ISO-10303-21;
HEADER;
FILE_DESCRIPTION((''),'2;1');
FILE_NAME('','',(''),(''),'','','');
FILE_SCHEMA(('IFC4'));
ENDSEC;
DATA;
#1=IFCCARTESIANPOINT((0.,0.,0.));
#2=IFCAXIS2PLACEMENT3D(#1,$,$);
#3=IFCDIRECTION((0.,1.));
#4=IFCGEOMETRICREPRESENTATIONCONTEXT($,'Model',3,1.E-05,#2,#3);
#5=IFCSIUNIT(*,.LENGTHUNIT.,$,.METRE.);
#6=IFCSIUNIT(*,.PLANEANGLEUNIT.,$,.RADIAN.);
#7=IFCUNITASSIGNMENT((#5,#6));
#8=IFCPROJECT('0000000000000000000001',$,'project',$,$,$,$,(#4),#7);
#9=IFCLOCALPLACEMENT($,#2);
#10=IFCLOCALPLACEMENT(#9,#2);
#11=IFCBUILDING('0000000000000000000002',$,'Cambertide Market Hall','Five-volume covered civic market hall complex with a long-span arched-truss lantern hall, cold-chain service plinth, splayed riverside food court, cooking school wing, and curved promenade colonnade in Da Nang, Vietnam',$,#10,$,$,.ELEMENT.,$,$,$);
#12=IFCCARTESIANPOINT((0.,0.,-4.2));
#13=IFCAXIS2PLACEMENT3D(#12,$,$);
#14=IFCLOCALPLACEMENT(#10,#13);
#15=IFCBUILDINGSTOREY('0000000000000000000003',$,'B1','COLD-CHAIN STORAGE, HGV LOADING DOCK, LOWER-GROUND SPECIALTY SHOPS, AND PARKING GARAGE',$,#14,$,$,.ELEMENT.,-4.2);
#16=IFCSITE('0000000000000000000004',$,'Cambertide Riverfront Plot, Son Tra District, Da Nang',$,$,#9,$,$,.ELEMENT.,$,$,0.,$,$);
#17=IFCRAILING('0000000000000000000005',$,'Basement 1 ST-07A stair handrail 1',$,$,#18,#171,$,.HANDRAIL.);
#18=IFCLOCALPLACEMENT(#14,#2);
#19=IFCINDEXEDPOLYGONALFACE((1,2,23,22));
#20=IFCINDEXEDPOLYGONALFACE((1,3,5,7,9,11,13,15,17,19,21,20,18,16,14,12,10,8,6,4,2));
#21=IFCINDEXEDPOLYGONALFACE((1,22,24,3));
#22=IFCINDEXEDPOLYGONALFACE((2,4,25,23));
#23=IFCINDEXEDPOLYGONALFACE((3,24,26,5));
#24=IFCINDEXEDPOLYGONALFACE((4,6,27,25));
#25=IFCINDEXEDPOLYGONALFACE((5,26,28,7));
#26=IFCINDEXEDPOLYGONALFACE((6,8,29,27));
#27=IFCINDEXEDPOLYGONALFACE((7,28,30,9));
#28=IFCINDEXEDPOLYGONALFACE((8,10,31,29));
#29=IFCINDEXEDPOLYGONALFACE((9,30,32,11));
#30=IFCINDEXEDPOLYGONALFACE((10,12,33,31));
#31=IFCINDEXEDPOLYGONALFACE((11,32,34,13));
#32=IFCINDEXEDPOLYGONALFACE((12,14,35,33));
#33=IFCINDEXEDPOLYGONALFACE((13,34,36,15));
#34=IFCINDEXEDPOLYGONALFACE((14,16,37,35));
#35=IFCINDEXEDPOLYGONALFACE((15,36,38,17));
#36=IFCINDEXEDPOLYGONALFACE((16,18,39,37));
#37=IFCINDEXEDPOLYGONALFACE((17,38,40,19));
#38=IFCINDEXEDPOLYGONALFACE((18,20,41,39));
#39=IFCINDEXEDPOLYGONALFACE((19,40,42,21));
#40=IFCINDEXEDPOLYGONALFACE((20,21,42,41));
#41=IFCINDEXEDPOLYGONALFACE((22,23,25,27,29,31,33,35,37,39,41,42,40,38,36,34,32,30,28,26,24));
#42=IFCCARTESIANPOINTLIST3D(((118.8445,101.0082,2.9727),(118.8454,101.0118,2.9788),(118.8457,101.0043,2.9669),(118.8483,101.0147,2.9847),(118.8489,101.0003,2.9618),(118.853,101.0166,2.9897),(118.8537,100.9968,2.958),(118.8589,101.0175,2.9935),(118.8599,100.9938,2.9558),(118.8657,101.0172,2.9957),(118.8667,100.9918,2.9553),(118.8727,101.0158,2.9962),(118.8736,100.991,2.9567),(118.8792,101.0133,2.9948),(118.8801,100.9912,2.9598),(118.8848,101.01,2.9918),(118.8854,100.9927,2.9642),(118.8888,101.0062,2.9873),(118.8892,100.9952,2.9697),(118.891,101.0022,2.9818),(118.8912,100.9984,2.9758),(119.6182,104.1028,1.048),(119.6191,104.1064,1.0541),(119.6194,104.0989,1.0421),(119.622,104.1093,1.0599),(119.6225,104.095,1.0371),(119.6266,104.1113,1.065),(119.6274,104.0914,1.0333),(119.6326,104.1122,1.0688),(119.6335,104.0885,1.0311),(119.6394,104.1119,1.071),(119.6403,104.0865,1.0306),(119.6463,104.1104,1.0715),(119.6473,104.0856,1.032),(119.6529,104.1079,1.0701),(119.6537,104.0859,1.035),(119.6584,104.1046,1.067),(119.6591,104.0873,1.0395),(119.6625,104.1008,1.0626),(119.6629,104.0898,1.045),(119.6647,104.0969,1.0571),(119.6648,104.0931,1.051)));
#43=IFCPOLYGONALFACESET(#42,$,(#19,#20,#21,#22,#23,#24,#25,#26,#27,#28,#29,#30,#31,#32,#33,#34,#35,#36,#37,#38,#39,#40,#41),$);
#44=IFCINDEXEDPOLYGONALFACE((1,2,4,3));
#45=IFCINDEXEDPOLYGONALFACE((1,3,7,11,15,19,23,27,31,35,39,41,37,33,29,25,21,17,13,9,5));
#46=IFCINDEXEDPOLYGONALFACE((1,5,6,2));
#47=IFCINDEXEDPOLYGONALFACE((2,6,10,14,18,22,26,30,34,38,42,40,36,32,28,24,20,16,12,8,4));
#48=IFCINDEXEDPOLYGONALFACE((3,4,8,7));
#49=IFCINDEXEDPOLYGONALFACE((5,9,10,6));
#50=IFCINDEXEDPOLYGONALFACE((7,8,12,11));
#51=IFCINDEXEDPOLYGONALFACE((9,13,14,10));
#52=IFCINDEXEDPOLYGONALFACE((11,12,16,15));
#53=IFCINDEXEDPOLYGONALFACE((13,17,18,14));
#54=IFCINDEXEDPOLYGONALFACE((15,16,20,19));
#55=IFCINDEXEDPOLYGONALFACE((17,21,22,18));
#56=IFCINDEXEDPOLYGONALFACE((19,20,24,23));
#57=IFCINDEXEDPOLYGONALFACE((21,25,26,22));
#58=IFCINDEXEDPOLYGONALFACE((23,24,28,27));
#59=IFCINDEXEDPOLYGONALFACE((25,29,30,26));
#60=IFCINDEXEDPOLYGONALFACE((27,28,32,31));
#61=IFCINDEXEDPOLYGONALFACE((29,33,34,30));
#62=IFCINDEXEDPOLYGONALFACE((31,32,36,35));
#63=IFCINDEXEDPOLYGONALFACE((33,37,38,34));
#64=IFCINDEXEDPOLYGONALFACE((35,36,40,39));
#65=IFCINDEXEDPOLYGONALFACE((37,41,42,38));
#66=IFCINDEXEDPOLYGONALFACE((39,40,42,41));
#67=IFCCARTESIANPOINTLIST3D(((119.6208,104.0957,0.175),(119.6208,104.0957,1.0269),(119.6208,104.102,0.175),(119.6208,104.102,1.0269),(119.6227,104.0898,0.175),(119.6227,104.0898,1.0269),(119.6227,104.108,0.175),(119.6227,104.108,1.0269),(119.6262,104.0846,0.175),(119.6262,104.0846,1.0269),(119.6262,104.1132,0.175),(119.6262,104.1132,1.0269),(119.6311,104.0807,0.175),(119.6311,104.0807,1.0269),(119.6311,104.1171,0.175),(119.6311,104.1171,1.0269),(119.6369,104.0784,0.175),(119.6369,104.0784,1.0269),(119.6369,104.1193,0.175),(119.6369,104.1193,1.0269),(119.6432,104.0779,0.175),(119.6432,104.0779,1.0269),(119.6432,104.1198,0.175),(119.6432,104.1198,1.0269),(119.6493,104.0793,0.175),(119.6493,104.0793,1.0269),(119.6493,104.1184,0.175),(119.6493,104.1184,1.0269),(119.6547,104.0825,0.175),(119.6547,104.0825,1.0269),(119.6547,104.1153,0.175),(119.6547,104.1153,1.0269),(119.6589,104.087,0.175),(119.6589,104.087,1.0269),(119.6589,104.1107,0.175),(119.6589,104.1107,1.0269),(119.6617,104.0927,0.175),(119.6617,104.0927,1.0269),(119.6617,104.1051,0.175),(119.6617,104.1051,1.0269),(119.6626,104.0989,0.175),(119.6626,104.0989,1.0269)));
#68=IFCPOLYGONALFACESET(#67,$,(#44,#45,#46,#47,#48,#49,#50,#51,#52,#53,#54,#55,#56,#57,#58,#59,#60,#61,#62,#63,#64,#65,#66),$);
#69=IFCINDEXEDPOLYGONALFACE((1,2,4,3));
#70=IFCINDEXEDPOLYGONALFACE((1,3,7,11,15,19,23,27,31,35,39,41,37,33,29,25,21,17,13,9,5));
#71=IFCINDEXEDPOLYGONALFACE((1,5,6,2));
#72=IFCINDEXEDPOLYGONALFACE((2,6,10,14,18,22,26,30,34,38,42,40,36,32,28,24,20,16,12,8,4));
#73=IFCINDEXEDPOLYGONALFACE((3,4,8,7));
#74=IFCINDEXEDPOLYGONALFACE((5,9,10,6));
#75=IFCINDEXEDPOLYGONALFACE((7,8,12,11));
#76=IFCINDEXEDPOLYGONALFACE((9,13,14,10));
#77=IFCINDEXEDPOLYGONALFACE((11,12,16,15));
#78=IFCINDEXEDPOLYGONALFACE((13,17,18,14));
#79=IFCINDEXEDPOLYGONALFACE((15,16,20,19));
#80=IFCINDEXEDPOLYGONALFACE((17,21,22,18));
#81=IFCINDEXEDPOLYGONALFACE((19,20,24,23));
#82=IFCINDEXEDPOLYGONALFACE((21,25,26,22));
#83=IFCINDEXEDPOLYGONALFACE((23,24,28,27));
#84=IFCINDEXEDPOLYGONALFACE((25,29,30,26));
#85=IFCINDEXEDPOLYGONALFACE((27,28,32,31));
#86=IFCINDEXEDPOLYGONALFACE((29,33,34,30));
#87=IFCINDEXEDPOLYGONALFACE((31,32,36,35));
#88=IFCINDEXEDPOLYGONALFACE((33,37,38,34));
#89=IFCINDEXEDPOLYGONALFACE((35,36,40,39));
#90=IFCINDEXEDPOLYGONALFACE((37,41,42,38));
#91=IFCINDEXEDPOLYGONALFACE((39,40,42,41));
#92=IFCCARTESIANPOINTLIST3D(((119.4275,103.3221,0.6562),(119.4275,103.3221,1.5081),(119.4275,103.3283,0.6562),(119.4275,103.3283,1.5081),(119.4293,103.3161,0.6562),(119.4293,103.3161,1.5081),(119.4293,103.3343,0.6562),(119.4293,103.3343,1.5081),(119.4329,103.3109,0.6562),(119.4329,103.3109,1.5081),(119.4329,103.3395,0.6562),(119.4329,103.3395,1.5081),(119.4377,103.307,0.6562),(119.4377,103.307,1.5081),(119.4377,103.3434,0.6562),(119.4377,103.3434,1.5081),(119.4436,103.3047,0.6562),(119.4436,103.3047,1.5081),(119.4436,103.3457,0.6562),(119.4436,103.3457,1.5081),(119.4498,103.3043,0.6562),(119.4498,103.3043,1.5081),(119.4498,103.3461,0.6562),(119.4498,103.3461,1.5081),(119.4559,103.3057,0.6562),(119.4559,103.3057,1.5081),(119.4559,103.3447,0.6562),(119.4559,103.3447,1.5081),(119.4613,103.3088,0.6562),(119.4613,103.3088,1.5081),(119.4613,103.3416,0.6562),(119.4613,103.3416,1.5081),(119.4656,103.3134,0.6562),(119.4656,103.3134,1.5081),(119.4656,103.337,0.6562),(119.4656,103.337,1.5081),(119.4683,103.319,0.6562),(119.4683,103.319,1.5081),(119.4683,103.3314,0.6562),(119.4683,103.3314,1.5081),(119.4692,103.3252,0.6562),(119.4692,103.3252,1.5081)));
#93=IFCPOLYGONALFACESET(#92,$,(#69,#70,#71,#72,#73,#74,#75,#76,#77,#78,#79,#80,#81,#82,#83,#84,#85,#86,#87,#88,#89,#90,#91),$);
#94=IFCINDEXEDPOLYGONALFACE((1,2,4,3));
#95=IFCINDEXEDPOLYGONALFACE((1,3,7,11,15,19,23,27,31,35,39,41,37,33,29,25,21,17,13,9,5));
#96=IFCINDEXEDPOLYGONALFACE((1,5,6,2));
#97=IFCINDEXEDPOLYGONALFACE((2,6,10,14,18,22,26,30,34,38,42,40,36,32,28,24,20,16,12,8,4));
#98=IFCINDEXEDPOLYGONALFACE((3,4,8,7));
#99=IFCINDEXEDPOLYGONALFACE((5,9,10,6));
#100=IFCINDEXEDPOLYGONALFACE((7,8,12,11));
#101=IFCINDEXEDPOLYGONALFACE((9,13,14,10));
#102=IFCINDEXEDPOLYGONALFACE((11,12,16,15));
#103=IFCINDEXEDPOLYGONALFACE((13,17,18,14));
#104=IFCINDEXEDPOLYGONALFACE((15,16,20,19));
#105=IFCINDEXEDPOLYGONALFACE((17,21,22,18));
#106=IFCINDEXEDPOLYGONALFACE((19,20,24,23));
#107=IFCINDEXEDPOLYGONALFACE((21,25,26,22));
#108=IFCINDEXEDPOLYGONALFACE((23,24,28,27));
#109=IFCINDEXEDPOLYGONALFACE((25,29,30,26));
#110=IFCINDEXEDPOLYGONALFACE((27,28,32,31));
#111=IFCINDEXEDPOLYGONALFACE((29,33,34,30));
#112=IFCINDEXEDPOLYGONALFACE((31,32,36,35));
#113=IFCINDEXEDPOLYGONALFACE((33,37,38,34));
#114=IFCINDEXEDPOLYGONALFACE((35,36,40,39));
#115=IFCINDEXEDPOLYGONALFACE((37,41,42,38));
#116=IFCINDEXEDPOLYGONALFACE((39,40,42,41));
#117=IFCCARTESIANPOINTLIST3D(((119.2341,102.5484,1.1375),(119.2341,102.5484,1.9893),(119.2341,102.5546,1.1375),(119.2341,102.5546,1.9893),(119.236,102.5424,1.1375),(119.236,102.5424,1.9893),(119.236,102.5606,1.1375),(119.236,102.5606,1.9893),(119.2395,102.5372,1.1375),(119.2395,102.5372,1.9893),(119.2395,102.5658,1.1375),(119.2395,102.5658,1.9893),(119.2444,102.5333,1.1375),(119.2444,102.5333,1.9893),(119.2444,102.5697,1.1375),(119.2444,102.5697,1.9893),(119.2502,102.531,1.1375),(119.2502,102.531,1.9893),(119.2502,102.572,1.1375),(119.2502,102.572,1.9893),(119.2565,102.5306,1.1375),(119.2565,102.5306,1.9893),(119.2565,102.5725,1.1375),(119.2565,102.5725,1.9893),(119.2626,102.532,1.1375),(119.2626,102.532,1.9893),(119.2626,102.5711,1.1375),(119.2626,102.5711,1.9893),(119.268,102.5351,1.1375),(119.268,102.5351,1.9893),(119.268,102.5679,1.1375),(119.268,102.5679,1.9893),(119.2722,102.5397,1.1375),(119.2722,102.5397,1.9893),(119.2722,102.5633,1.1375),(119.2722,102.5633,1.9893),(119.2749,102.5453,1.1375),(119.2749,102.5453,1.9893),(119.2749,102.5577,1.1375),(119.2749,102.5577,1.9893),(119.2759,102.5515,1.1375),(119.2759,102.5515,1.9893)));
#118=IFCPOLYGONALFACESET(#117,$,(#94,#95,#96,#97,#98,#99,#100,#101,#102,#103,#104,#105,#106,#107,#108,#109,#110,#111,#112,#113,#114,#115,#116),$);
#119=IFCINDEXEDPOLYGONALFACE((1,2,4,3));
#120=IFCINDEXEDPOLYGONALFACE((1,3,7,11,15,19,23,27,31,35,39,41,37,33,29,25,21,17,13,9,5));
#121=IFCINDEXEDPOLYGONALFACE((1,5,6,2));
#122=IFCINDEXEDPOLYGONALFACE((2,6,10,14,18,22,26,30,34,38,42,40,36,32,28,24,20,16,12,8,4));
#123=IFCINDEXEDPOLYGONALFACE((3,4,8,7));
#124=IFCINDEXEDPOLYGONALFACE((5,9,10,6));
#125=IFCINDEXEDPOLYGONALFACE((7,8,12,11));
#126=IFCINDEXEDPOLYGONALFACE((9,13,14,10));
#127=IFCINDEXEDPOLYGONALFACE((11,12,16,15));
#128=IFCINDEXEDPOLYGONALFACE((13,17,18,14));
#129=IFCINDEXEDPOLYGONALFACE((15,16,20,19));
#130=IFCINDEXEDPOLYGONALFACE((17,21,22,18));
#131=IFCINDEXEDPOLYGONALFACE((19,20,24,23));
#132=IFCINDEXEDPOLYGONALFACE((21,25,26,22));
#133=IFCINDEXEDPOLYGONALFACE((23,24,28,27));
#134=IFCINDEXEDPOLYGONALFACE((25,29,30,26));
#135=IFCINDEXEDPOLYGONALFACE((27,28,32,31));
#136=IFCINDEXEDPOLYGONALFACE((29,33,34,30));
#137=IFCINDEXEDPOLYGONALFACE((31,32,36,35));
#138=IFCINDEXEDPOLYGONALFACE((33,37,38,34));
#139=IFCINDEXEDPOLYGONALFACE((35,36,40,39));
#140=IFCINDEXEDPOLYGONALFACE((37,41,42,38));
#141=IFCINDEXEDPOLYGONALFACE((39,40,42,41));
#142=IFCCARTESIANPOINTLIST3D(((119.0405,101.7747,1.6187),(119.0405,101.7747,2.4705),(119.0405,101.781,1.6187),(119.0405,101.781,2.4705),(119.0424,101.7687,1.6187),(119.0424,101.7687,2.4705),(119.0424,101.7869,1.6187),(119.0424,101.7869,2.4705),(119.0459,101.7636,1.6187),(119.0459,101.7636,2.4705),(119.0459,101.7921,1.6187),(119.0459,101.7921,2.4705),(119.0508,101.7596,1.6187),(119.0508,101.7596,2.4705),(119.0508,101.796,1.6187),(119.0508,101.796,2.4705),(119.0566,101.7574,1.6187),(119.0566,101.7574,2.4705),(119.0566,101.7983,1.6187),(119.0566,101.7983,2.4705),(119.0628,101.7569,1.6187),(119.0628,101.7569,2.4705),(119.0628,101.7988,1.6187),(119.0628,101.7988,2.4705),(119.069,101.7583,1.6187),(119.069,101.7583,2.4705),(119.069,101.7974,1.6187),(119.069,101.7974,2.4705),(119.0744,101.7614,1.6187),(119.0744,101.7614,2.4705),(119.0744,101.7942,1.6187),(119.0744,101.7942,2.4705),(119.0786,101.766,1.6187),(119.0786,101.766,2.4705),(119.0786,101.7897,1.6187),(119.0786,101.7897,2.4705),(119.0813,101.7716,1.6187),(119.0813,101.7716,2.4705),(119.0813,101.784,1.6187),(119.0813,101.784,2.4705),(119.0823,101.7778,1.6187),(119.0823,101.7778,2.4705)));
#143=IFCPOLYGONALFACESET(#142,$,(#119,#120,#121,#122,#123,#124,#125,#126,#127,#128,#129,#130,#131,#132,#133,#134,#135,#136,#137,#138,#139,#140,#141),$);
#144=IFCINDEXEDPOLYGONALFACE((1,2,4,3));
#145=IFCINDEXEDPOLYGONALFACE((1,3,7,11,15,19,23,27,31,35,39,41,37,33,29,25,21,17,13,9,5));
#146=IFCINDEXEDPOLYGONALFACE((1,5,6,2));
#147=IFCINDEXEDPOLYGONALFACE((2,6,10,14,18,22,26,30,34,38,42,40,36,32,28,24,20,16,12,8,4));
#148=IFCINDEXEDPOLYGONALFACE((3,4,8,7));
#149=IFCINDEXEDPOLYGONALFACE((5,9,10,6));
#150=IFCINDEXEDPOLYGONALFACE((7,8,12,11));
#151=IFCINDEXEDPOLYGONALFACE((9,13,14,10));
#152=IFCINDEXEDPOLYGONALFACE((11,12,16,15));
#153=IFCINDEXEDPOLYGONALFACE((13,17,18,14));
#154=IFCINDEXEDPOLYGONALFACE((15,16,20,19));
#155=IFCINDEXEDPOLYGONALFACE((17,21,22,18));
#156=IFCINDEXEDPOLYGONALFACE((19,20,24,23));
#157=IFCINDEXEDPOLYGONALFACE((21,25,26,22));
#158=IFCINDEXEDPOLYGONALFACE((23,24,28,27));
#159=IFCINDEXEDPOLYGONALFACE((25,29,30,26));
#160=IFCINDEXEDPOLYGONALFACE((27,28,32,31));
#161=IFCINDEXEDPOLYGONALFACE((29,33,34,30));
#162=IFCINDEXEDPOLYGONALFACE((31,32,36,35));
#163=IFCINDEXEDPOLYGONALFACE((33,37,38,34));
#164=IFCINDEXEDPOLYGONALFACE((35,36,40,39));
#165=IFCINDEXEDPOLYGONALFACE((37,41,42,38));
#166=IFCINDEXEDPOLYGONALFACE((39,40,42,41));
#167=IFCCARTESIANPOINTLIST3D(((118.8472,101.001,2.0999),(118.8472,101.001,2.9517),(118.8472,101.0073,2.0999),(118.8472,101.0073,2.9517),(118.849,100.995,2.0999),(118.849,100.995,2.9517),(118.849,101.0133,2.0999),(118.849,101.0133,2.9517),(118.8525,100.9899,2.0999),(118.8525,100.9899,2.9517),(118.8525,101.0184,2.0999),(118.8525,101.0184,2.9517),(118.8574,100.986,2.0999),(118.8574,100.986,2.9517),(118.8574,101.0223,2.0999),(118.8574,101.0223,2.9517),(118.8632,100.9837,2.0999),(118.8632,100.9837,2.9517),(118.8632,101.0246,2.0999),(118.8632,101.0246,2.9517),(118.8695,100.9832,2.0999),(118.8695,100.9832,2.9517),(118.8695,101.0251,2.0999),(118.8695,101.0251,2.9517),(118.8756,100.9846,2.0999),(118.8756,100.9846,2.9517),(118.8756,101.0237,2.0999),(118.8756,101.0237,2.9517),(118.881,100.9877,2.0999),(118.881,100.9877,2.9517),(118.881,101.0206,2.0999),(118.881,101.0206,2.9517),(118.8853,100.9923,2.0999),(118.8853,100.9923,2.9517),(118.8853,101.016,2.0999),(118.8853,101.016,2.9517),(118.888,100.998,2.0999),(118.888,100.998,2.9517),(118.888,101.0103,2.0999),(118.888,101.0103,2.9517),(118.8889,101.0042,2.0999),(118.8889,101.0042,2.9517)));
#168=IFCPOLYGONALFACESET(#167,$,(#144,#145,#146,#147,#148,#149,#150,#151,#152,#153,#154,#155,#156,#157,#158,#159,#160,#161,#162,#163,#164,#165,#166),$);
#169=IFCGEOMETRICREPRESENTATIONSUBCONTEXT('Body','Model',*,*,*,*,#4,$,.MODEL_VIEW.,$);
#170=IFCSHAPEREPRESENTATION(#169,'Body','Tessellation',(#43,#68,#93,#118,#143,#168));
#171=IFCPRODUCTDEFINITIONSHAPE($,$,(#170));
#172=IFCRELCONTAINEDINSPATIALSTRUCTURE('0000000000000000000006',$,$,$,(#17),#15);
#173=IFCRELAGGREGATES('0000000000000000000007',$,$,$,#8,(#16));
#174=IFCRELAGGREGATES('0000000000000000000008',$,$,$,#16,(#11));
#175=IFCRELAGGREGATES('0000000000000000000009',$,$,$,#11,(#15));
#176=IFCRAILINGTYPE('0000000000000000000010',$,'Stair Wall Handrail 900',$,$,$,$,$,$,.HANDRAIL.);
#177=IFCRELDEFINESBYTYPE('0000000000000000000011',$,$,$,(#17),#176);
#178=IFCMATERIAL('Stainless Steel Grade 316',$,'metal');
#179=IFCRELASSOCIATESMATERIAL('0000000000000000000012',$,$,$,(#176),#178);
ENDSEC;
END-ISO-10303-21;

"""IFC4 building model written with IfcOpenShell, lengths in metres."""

from ifc_helpers import new_model, si_unit, direction, frame, origin, origin_2d, place, context, subcontext, project, spatial, circle, extrude, material, type_object, element, save


model = new_model("IFC4")

# Units and contexts
model_context = context("Model", 3, precision=1e-05, world=origin(), true_north=direction((0.0, 1.0)))
body_context = subcontext(model_context, "Body", "Model", "MODEL_VIEW")
ifc_project = project(units=[si_unit("LENGTHUNIT", "METRE"), si_unit("PLANEANGLEUNIT", "RADIAN")], contexts=[model_context])

# Site, building, storey
site_placement = place(None, origin())
site = spatial("IfcSite", under=ifc_project, at=site_placement, Name="Cambertide Riverfront Plot, Son Tra District, Da Nang", CompositionType="ELEMENT", RefElevation=0.0)
building_placement = place(site_placement, origin())
building = spatial("IfcBuilding", under=site, at=building_placement, Name="Cambertide Market Hall", Description="Five-volume covered civic market hall complex with a long-span arched-truss lantern hall, cold-chain service plinth, splayed riverside food court, cooking school wing, and curved promenade colonnade in Da Nang, Vietnam", CompositionType="ELEMENT")
storey_placement = place(building_placement, frame((0.0, 0.0, -4.2)))
storey = spatial("IfcBuildingStorey", under=building, at=storey_placement, Name="B1", Description="COLD-CHAIN STORAGE, HGV LOADING DOCK, LOWER-GROUND SPECIALTY SHOPS, AND PARKING GARAGE", CompositionType="ELEMENT", Elevation=-4.2)

# Railing
ifc_material_1 = material(Name="Stainless Steel Grade 316", Category="metal")
railing_type_1 = type_object("IfcRailingType", Name="Stair Wall Handrail 900", PredefinedType="HANDRAIL", material=ifc_material_1)
railing_1_placement = place(storey_placement, frame((119.6416, 104.0989, 0.175)))
element("IfcRailing", 1, at=railing_1_placement, inside=storey, type_object=railing_type_1, Name="Basement 1 ST-07A stair handrail 1", PredefinedType="HANDRAIL", context=body_context, shape_type="SweptSolid", body=[
    extrude(circle(Radius=0.0239, at=origin_2d()), frame((0.0, 0.0, 0.876), z_axis=(-0.207661, -0.830645, 0.51663), x_axis=(0.970143, -0.242536, 0.0)), (0.0, 0.0, 1.0), 3.7256),
    extrude(circle(Radius=0.021, at=origin_2d()), origin(), (0.0, 0.0, 1.0), 0.8518),
    extrude(circle(Radius=0.021, at=origin_2d()), frame((-0.1934, -0.7737, 0.4812)), (0.0, 0.0, 1.0), 0.8518),
    extrude(circle(Radius=0.021, at=origin_2d()), frame((-0.3867, -1.5474, 0.9624)), (0.0, 0.0, 1.0), 0.8518),
    extrude(circle(Radius=0.021, at=origin_2d()), frame((-0.5803, -2.321, 1.4436)), (0.0, 0.0, 1.0), 0.8518),
    extrude(circle(Radius=0.021, at=origin_2d()), frame((-0.7737, -3.0947, 1.9248)), (0.0, 0.0, 1.0), 0.8518),
])

save(model, "model.ifc")
